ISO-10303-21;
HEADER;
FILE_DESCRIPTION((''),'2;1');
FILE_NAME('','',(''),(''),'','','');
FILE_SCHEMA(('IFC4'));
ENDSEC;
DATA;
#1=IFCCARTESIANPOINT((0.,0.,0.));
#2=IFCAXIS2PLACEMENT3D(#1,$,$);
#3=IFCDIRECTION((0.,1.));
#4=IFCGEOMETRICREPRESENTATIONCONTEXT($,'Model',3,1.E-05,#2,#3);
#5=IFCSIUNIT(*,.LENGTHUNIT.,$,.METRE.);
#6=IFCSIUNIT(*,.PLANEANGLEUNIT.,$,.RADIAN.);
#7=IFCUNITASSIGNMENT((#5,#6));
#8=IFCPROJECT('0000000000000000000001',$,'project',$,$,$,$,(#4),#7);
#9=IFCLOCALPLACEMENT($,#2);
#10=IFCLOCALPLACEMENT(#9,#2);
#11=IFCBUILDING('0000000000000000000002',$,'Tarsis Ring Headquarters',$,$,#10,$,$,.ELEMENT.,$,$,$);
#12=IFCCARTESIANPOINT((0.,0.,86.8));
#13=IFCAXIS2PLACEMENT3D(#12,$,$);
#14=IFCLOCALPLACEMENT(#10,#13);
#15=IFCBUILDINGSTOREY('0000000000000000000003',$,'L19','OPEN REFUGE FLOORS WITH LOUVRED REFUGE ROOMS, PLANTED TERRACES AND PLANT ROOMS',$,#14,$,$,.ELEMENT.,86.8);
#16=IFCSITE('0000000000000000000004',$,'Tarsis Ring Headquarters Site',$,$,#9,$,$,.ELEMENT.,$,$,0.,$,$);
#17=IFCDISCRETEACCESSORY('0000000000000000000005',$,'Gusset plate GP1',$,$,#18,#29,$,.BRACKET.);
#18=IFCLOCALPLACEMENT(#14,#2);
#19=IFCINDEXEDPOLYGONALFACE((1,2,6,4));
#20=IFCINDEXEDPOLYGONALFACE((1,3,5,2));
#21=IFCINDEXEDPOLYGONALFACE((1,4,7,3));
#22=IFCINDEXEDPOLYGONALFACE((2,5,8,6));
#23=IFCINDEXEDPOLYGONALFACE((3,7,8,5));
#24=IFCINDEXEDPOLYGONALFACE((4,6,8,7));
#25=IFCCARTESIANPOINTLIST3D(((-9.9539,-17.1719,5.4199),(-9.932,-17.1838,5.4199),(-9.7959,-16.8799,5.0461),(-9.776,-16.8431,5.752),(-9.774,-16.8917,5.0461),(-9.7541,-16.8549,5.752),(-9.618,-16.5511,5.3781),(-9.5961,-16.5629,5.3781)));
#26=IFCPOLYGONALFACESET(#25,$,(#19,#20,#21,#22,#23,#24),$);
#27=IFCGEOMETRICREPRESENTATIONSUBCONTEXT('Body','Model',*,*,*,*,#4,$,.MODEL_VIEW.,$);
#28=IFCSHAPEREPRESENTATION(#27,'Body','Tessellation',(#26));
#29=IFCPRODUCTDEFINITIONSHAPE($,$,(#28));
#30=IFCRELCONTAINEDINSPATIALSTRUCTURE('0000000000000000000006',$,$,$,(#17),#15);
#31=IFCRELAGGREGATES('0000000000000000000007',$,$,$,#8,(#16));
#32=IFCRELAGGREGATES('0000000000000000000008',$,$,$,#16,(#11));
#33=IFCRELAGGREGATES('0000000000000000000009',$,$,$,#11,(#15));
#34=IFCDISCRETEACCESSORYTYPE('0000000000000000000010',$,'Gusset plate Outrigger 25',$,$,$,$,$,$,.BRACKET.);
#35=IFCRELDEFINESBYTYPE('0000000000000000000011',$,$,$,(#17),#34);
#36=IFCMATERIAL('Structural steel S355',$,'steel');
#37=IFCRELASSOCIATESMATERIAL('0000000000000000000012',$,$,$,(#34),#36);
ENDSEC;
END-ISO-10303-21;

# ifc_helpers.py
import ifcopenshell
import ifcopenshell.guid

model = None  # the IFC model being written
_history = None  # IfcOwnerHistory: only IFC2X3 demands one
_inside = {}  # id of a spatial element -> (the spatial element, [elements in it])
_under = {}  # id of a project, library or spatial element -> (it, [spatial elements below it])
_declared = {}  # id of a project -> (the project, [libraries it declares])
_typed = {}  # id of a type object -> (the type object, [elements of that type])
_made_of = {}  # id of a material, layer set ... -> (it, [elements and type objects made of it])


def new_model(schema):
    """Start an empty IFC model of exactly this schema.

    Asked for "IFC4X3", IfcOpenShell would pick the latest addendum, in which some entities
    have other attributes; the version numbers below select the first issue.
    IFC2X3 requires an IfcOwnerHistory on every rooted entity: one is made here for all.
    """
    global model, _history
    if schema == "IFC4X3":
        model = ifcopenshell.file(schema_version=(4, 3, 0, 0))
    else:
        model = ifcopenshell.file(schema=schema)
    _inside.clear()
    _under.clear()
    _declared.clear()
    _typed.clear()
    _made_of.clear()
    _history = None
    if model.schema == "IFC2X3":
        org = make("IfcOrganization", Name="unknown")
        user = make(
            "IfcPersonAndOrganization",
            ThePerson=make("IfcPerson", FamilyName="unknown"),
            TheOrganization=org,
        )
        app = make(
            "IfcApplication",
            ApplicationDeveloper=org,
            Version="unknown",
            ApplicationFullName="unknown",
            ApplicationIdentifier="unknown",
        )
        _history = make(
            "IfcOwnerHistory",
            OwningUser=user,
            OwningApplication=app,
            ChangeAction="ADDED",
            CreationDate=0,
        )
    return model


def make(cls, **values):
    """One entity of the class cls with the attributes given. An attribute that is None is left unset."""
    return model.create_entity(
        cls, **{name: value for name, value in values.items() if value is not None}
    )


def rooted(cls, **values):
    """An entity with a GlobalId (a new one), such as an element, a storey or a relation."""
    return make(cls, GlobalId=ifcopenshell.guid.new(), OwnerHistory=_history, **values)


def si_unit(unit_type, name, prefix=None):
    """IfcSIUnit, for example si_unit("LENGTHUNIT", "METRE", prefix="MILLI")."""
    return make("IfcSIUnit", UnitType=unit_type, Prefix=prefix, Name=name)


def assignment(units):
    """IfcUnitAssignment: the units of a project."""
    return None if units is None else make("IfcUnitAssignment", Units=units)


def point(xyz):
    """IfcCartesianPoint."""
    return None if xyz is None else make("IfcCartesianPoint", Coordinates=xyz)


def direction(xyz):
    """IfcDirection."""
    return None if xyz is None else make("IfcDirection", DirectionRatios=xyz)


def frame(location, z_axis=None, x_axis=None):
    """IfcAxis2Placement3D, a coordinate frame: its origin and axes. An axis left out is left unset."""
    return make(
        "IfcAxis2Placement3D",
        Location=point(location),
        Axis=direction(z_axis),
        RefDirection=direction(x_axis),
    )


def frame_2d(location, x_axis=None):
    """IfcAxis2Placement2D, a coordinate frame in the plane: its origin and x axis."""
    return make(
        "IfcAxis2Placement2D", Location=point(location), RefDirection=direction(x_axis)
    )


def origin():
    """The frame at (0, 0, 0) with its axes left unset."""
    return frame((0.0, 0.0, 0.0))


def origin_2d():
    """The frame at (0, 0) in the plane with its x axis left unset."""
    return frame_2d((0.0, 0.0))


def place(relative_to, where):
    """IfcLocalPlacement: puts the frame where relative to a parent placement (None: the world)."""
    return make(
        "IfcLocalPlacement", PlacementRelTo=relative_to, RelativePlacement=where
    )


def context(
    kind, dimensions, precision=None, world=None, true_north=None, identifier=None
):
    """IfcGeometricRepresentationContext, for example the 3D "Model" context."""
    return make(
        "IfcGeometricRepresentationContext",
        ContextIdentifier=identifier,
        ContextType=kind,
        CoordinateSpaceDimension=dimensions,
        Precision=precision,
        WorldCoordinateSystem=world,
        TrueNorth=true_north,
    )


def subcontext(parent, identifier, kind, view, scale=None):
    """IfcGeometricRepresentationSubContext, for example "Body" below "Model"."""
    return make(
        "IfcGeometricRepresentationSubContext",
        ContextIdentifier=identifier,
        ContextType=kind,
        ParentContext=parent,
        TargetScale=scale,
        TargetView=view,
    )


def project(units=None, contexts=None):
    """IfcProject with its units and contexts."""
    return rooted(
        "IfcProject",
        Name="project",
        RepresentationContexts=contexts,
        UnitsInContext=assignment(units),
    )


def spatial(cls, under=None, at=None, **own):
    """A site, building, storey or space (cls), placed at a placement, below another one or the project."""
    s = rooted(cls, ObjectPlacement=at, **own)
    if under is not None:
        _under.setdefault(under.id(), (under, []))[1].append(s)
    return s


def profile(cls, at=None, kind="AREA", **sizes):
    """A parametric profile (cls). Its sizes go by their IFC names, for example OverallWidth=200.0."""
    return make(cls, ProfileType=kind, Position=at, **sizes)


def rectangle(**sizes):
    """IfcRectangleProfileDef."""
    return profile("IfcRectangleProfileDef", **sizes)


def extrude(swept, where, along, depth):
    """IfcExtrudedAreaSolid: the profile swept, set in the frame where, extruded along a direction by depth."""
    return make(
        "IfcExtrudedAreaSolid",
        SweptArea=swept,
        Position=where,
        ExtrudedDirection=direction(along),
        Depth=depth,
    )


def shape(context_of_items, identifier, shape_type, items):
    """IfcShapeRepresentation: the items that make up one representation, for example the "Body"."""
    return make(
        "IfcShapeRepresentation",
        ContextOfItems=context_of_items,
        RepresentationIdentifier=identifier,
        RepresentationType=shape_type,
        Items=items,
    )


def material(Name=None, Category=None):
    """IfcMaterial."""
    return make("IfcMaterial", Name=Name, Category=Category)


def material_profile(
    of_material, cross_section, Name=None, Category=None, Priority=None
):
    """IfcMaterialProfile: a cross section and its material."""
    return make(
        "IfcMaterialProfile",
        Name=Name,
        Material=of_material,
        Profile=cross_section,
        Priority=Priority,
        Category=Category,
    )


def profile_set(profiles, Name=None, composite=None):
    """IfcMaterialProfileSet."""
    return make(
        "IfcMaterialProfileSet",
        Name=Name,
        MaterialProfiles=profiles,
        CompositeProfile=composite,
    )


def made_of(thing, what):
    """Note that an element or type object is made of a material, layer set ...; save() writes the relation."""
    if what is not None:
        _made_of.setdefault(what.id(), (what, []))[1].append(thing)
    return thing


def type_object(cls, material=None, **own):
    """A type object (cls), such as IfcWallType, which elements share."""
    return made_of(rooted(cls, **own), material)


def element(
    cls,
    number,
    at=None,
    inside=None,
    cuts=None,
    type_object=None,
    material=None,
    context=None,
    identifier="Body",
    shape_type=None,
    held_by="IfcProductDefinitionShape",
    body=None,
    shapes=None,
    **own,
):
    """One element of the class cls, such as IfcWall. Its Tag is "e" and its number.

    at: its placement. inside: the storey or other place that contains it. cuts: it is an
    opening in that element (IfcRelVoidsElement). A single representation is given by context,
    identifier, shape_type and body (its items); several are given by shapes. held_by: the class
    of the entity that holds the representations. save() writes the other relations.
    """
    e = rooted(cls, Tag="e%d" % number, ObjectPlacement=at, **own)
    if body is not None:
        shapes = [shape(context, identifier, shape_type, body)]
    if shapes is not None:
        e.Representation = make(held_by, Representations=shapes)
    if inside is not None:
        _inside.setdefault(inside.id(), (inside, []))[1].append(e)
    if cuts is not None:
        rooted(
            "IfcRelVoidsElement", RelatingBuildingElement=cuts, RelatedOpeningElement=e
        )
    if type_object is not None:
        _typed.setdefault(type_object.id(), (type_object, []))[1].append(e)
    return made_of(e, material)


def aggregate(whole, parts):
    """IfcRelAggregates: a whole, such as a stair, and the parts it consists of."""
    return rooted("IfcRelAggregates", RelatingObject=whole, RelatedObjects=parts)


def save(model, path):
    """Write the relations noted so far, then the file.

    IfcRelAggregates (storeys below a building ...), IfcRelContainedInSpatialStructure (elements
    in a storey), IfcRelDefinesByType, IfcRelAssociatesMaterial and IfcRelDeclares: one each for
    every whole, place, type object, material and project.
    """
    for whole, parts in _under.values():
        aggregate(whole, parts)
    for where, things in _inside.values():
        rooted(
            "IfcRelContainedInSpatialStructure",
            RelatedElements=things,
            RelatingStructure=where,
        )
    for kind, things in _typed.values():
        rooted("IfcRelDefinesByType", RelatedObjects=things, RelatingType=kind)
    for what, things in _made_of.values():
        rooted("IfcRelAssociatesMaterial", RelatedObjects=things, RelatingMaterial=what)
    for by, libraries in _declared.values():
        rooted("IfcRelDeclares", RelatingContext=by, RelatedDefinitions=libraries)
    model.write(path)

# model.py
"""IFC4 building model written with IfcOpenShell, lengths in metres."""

from ifc_helpers import new_model, si_unit, direction, frame, origin, origin_2d, place, context, subcontext, project, spatial, rectangle, extrude, material, material_profile, profile_set, type_object, element, save


model = new_model("IFC4")

# Units and contexts
model_context = context("Model", 3, precision=1e-05, world=origin(), true_north=direction((0.0, 1.0)))
body_context = subcontext(model_context, "Body", "Model", "MODEL_VIEW")
ifc_project = project(units=[si_unit("LENGTHUNIT", "METRE"), si_unit("PLANEANGLEUNIT", "RADIAN")], contexts=[model_context])

# Site, building, storey
site_placement = place(None, origin())
site = spatial("IfcSite", under=ifc_project, at=site_placement, Name="Tarsis Ring Headquarters Site", CompositionType="ELEMENT", RefElevation=0.0)
building_placement = place(site_placement, origin())
building = spatial("IfcBuilding", under=site, at=building_placement, Name="Tarsis Ring Headquarters", CompositionType="ELEMENT")
storey_placement = place(building_placement, frame((0.0, 0.0, 86.8)))
storey = spatial("IfcBuildingStorey", under=building, at=storey_placement, Name="L19", Description="OPEN REFUGE FLOORS WITH LOUVRED REFUGE ROOMS, PLANTED TERRACES AND PLANT ROOMS", CompositionType="ELEMENT", Elevation=86.8)

# Shared definitions
ifc_material_1 = material(Name="Structural steel S355", Category="steel")

# Discrete accessory
ifc_material_profile_1 = material_profile(ifc_material_1, rectangle(XDim=0.0249, YDim=0.5, at=origin_2d()), Name="PL 25x500")
ifc_profile_set_1 = profile_set([ifc_material_profile_1], Name="Structural steel S355")
discrete_accessory_type = type_object("IfcDiscreteAccessoryType", Name="Gusset plate Outrigger 25", PredefinedType="BRACKET", material=ifc_profile_set_1)
discrete_accessory_placement = place(storey_placement, frame((-9.854, -17.0134, 5.5859), z_axis=(0.315968, 0.584076, -0.747676), x_axis=(-0.879548, 0.475809, 0.0)))
element("IfcDiscreteAccessory", 1, at=discrete_accessory_placement, inside=storey, type_object=discrete_accessory_type, Name="Gusset plate GP1", PredefinedType="BRACKET", context=body_context, shape_type="SweptSolid", body=[
    extrude(rectangle(XDim=0.0249, YDim=0.5, at=origin_2d()), origin(), (0.0, 0.0, 1.0), 0.5),
])

save(model, "model.ifc")
